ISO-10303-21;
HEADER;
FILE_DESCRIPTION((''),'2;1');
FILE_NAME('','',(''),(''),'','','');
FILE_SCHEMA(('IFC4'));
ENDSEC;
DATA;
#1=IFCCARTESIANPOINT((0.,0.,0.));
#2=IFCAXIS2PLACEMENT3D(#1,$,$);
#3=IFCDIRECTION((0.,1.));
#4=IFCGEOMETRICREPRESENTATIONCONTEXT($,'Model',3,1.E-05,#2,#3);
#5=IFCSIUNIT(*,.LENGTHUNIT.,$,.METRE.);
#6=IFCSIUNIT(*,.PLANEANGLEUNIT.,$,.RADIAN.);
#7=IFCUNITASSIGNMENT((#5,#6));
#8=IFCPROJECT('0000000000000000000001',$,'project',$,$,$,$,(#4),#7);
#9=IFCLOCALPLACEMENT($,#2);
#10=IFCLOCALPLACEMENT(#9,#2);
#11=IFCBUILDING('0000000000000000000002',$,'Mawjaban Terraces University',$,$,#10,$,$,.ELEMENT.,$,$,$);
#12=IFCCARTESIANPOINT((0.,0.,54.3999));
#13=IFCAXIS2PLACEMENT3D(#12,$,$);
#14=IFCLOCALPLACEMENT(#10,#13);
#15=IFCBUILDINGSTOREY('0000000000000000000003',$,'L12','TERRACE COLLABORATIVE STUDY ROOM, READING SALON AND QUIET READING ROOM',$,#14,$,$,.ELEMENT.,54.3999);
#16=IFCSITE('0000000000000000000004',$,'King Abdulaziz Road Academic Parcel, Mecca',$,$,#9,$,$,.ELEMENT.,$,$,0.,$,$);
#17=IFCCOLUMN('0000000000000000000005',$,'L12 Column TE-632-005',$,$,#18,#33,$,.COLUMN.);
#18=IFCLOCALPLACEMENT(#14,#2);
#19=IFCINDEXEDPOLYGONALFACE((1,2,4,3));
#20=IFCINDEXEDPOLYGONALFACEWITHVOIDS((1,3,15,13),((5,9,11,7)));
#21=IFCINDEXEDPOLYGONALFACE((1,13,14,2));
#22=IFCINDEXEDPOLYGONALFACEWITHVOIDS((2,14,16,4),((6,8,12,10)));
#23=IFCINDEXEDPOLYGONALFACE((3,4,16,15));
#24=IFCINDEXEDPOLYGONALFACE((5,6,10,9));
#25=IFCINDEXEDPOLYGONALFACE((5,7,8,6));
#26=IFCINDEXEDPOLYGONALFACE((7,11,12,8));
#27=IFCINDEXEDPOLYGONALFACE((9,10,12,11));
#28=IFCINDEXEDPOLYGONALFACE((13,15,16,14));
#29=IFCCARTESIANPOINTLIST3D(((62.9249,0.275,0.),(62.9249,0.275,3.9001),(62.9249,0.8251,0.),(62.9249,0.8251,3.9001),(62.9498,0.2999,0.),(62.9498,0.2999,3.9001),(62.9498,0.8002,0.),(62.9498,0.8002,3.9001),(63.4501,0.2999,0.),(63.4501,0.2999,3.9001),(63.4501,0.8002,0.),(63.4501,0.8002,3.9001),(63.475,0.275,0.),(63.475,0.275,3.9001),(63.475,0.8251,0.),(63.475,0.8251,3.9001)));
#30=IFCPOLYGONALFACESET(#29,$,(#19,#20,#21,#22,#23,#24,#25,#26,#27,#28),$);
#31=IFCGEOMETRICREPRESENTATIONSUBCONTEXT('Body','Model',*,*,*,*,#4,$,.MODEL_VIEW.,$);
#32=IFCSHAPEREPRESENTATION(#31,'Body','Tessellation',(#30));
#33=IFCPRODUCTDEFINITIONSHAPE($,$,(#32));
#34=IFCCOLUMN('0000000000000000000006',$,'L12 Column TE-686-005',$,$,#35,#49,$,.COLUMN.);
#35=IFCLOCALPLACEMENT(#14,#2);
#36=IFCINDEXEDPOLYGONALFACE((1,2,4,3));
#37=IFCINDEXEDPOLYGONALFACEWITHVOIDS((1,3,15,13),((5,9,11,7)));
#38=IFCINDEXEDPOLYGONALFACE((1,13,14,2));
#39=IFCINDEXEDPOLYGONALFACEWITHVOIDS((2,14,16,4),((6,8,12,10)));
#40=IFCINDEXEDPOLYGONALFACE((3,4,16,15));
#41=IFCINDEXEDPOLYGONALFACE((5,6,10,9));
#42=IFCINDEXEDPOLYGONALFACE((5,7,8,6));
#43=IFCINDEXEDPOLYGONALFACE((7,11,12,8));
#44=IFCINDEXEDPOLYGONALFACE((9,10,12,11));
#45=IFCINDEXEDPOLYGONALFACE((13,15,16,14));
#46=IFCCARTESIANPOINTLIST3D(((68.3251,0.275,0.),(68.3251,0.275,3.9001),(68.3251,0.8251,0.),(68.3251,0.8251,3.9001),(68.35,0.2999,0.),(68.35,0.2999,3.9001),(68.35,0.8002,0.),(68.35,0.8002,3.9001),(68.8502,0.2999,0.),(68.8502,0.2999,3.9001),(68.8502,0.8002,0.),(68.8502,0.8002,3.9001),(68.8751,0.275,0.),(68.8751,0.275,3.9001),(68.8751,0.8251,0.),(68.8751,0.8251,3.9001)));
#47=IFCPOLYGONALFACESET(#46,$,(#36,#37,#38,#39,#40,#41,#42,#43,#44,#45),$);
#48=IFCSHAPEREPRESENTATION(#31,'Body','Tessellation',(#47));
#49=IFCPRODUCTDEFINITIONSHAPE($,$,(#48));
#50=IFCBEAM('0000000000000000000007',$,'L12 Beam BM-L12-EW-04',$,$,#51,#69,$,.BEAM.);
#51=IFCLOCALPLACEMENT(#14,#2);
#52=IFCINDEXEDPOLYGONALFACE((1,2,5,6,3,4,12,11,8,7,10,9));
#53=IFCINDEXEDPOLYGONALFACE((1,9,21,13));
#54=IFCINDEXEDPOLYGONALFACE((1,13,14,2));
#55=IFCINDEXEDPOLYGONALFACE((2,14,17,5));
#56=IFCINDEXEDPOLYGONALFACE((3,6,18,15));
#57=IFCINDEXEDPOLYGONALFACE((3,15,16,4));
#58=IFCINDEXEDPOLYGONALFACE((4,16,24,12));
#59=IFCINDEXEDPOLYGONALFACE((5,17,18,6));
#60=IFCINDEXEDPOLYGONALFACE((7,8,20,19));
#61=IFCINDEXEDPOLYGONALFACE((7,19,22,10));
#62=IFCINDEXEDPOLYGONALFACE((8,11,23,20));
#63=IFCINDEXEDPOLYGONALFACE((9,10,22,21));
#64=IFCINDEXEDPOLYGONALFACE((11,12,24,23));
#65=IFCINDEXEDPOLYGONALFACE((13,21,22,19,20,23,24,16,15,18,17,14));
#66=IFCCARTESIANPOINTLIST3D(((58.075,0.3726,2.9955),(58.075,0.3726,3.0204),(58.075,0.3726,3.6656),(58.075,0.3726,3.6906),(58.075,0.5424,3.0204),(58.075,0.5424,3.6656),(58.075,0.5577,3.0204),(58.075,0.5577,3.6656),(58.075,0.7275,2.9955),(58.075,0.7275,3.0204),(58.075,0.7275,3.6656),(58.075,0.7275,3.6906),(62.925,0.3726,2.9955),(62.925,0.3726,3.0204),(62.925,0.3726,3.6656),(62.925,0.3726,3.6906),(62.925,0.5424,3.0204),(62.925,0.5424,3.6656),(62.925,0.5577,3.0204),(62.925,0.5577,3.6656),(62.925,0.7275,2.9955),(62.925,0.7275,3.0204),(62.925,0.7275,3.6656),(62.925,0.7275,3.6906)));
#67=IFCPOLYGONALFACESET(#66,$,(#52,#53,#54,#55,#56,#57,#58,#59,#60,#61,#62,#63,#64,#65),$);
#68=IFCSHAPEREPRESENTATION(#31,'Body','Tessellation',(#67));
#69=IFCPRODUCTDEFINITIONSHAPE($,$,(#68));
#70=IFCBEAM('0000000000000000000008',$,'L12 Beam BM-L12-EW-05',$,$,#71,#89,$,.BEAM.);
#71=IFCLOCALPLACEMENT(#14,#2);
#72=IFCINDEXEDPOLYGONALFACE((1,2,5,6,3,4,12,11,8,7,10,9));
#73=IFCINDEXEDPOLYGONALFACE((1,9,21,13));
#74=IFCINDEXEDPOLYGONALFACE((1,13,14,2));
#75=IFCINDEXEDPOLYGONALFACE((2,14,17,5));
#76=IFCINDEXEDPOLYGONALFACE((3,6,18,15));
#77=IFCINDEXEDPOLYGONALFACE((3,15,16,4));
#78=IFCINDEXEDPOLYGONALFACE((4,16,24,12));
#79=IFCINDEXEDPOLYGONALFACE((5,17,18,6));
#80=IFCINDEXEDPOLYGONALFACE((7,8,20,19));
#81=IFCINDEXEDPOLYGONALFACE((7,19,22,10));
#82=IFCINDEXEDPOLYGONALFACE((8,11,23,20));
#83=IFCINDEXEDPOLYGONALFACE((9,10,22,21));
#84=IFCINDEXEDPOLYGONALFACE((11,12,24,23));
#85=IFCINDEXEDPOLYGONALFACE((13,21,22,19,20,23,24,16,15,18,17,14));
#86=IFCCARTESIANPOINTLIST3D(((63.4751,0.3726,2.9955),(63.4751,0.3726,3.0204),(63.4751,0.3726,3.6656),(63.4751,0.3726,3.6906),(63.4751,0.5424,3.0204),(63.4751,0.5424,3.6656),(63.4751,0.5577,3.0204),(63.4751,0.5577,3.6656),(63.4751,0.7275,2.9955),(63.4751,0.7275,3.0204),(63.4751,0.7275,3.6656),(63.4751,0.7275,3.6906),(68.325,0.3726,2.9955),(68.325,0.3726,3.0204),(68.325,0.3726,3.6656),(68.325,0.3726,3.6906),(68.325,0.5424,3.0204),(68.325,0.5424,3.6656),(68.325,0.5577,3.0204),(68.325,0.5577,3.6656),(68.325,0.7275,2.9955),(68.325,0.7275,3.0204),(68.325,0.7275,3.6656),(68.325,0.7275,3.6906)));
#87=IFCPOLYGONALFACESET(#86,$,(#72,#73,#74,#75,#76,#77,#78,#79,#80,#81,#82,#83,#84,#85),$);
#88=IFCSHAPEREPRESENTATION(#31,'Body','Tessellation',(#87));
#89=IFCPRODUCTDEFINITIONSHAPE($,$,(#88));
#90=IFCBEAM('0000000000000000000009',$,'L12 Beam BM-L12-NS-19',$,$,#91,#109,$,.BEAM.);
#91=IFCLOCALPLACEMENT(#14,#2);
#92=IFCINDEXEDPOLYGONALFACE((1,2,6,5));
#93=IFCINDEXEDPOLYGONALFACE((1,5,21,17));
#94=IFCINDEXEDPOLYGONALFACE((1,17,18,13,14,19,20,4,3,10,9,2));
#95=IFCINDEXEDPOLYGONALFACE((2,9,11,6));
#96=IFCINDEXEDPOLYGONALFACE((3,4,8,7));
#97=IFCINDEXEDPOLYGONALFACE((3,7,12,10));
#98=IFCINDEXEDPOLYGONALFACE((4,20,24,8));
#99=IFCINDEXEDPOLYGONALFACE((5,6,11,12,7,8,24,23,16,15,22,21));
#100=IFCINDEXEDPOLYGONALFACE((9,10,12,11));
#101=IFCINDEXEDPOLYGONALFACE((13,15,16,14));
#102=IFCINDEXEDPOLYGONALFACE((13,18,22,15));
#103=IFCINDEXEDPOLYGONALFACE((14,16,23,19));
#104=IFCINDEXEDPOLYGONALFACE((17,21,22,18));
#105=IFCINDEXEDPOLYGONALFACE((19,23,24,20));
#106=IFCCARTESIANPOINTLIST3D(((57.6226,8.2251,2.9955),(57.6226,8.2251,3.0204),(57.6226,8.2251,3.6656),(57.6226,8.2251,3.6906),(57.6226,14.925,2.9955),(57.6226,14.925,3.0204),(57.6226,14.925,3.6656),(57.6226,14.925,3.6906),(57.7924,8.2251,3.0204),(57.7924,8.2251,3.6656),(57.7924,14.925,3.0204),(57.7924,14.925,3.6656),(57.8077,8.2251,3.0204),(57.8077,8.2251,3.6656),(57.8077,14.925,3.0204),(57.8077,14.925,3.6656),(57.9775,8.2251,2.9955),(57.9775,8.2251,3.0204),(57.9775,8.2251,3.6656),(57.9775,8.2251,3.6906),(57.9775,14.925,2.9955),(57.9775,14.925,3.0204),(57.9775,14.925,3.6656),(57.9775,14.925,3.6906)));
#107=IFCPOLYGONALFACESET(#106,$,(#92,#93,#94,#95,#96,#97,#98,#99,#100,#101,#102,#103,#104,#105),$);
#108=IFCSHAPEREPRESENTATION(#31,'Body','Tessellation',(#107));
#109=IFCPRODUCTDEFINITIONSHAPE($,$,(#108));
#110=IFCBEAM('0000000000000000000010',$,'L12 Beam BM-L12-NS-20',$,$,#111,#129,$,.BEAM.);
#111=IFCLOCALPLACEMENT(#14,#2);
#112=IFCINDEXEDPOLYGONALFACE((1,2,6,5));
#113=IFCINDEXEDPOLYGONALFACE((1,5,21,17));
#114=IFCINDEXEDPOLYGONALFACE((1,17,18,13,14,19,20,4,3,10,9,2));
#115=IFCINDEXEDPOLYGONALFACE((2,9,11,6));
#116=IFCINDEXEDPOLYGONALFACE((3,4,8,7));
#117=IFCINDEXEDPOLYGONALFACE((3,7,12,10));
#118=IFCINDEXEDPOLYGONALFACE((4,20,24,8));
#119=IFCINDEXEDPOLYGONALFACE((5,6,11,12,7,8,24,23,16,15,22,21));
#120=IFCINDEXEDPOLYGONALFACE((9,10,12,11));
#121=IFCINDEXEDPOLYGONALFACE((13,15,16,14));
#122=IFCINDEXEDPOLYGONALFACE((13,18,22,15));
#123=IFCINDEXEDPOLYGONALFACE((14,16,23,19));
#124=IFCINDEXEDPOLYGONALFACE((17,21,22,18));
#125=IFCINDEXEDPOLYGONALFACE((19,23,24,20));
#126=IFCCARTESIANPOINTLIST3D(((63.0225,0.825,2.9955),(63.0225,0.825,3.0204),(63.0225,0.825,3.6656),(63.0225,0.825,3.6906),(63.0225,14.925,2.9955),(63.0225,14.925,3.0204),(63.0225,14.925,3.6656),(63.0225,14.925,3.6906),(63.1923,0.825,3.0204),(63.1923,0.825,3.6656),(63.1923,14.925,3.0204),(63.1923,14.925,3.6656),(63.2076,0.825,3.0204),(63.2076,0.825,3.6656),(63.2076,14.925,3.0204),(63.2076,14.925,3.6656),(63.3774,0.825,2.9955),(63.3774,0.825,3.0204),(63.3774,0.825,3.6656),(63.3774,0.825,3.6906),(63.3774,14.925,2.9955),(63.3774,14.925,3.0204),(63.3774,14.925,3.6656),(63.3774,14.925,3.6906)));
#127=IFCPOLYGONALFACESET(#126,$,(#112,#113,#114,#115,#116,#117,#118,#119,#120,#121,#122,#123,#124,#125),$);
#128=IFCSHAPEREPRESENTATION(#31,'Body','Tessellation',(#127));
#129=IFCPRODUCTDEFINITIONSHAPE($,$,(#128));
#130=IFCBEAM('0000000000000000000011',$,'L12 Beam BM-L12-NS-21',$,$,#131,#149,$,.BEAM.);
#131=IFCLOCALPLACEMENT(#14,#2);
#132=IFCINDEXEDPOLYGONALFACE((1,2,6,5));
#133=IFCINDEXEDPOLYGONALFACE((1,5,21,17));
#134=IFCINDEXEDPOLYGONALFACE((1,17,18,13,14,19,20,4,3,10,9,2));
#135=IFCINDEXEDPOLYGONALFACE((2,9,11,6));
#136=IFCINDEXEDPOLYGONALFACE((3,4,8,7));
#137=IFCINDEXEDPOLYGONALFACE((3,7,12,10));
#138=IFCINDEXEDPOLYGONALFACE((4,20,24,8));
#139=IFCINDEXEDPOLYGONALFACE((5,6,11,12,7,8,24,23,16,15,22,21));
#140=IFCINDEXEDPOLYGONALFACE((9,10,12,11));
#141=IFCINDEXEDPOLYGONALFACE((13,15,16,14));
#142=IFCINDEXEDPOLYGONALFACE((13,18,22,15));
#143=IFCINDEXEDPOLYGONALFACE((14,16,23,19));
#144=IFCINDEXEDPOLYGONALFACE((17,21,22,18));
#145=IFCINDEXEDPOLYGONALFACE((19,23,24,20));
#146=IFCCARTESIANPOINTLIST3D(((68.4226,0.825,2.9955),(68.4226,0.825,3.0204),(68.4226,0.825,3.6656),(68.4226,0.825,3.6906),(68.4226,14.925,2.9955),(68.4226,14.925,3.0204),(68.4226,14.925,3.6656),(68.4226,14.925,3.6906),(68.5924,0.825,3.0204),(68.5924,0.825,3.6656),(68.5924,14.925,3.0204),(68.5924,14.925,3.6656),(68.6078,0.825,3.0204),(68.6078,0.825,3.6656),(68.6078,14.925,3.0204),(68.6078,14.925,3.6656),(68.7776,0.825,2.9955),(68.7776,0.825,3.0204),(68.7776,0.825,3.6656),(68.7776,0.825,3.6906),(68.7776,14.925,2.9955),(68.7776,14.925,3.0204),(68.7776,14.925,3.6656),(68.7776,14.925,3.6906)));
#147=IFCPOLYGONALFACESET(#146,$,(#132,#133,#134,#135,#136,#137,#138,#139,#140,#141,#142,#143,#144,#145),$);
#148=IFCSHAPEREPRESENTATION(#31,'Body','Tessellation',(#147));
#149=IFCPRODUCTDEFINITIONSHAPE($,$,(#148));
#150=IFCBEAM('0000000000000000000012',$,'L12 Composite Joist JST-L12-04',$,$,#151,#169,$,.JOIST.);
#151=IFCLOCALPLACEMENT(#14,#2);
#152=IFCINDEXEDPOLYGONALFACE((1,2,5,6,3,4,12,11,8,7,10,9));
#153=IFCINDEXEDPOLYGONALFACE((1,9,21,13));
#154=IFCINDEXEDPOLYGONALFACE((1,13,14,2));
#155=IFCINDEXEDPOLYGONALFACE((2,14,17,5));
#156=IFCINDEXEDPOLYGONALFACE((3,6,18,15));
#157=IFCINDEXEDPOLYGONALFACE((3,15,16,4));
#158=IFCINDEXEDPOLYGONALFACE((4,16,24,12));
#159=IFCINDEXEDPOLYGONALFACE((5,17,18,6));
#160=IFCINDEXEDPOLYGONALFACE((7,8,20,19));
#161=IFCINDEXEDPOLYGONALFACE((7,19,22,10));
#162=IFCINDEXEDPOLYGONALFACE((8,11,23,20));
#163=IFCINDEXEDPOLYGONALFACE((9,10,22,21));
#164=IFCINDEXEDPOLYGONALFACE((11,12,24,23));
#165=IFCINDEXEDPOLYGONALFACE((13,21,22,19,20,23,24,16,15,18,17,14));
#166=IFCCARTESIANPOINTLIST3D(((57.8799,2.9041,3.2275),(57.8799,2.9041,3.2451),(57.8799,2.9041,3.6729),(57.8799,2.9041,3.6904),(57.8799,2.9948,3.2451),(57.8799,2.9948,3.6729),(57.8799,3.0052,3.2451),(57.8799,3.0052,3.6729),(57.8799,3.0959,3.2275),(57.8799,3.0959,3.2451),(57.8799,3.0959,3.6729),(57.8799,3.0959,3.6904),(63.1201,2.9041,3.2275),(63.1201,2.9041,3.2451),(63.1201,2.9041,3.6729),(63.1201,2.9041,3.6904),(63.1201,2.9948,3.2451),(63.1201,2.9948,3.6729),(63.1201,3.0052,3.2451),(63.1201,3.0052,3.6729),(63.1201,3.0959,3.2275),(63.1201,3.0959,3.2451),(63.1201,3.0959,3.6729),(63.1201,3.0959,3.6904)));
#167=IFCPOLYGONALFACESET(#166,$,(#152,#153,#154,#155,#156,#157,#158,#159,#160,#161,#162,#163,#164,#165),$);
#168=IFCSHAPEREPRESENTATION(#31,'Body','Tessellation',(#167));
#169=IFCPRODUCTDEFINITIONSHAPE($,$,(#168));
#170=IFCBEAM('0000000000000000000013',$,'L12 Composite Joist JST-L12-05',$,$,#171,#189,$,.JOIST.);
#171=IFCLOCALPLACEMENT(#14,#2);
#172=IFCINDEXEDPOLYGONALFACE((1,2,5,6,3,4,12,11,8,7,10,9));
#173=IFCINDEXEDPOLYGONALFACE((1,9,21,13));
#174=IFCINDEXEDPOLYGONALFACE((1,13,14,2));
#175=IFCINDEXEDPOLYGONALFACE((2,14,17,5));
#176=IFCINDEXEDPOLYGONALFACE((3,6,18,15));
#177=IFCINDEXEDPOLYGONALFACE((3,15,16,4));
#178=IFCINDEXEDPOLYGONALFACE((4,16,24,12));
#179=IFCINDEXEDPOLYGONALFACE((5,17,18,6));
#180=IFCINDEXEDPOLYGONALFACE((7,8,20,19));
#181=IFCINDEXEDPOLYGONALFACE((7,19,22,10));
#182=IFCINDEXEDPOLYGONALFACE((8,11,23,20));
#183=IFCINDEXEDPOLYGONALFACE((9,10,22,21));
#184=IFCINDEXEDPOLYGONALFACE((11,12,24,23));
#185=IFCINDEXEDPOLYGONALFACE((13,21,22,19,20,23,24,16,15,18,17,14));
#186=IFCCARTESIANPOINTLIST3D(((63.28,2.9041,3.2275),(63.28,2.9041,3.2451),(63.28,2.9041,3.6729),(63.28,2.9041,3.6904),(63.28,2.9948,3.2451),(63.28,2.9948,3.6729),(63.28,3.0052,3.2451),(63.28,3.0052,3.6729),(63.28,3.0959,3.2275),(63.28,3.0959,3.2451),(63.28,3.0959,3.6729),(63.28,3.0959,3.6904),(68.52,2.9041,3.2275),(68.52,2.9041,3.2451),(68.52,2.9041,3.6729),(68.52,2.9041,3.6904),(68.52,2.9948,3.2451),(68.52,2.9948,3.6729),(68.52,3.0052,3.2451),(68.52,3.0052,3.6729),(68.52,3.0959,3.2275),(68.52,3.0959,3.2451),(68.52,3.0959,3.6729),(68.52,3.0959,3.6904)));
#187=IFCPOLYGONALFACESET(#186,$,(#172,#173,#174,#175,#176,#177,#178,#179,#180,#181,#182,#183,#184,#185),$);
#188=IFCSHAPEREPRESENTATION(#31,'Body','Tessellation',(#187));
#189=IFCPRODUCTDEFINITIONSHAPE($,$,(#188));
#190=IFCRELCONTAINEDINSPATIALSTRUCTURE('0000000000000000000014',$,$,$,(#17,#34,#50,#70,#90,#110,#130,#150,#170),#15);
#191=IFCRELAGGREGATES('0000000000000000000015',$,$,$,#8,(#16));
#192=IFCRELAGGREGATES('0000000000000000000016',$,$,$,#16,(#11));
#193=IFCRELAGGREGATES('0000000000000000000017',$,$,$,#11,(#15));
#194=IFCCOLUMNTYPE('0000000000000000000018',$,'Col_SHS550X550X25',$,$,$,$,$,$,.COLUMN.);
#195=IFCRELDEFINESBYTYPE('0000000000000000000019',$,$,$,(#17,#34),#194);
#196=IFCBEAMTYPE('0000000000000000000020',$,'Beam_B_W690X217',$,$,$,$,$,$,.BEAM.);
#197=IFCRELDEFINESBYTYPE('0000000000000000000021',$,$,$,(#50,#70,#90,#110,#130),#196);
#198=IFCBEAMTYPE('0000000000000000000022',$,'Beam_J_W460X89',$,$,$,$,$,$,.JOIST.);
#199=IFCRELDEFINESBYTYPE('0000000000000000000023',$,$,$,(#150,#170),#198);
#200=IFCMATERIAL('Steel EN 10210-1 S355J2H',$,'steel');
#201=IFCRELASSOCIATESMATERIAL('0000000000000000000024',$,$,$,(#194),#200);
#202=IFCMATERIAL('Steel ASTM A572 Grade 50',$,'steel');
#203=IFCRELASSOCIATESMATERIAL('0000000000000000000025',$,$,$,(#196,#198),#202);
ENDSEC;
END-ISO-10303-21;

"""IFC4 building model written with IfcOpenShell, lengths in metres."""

from ifc_helpers import new_model, si_unit, direction, frame, origin, origin_2d, place, context, subcontext, project, spatial, hollow_rectangle, i_section, extrude, material, material_profile, profile_set, type_object, element, save


model = new_model("IFC4")

# Units and contexts
model_context = context("Model", 3, precision=1e-05, world=origin(), true_north=direction((0.0, 1.0)))
body_context = subcontext(model_context, "Body", "Model", "MODEL_VIEW")
ifc_project = project(units=[si_unit("LENGTHUNIT", "METRE"), si_unit("PLANEANGLEUNIT", "RADIAN")], contexts=[model_context])

# Site, building, storey
site_placement = place(None, origin())
site = spatial("IfcSite", under=ifc_project, at=site_placement, Name="King Abdulaziz Road Academic Parcel, Mecca", CompositionType="ELEMENT", RefElevation=0.0)
building_placement = place(site_placement, origin())
building = spatial("IfcBuilding", under=site, at=building_placement, Name="Mawjaban Terraces University", CompositionType="ELEMENT")
storey_placement = place(building_placement, frame((0.0, 0.0, 54.3999)))
storey = spatial("IfcBuildingStorey", under=building, at=storey_placement, Name="L12", Description="TERRACE COLLABORATIVE STUDY ROOM, READING SALON AND QUIET READING ROOM", CompositionType="ELEMENT", Elevation=54.3999)

# Columns
ifc_material_1 = material(Name="Steel EN 10210-1 S355J2H", Category="steel")
ifc_material_profile_1 = material_profile(ifc_material_1, hollow_rectangle(XDim=0.55, YDim=0.55, WallThickness=0.0249, at=origin_2d()), Name="SHS550X550X25")
ifc_profile_set_1 = profile_set([ifc_material_profile_1], Name="Steel EN 10210-1 S355J2H")
column_type = type_object("IfcColumnType", Name="Col_SHS550X550X25", PredefinedType="COLUMN", material=ifc_profile_set_1)
for number, where, z_axis, x_axis, name in (
    (1, (63.2, 0.55, 0.0), (0.0, 0.0, 1.0), (1.0, 0.0, 0.0), "L12 Column TE-632-005"),
    (2, (68.6001, 0.55, 0.0), (0.0, 0.0, 1.0), (1.0, 0.0, 0.0), "L12 Column TE-686-005"),
):
    element("IfcColumn", number, at=place(storey_placement, frame(where, z_axis=z_axis, x_axis=x_axis)), inside=storey, type_object=column_type, Name=name, PredefinedType="COLUMN", context=body_context, shape_type="SweptSolid", body=[
        extrude(hollow_rectangle(XDim=0.55, YDim=0.55, WallThickness=0.0249, at=origin_2d()), origin(), (0.0, 0.0, 1.0), 3.9001),
    ])

# Beams
ifc_material_2 = material(Name="Steel ASTM A572 Grade 50", Category="steel")
ifc_material_profile_2 = material_profile(ifc_material_2, i_section(OverallWidth=0.355, OverallDepth=0.6951, WebThickness=0.0154, FlangeThickness=0.0249, at=origin_2d()), Name="W690X217")
ifc_profile_set_2 = profile_set([ifc_material_profile_2], Name="Steel ASTM A572 Grade 50")
beam_type_1 = type_object("IfcBeamType", Name="Beam_B_W690X217", PredefinedType="BEAM", material=ifc_profile_set_2)
beam_1_placement = place(storey_placement, frame((58.075, 0.55, 3.343), z_axis=(1.0, 0.0, 0.0), x_axis=(0.0, 1.0, 0.0)))
element("IfcBeam", 3, at=beam_1_placement, inside=storey, type_object=beam_type_1, Name="L12 Beam BM-L12-EW-04", PredefinedType="BEAM", context=body_context, shape_type="SweptSolid", body=[
    extrude(i_section(OverallWidth=0.355, OverallDepth=0.6951, WebThickness=0.0154, FlangeThickness=0.0249, at=origin_2d()), origin(), (0.0, 0.0, 1.0), 4.8501),
])
beam_2_placement = place(storey_placement, frame((63.4751, 0.55, 3.343), z_axis=(1.0, 0.0, 0.0), x_axis=(0.0, 1.0, 0.0)))
element("IfcBeam", 4, at=beam_2_placement, inside=storey, type_object=beam_type_1, Name="L12 Beam BM-L12-EW-05", PredefinedType="BEAM", context=body_context, shape_type="SweptSolid", body=[
    extrude(i_section(OverallWidth=0.355, OverallDepth=0.6951, WebThickness=0.0154, FlangeThickness=0.0249, at=origin_2d()), origin(), (0.0, 0.0, 1.0), 4.8499),
])
beam_3_placement = place(storey_placement, frame((57.8, 8.2251, 3.343), z_axis=(0.0, 1.0, 0.0), x_axis=(-1.0, 0.0, 0.0)))
element("IfcBeam", 5, at=beam_3_placement, inside=storey, type_object=beam_type_1, Name="L12 Beam BM-L12-NS-19", PredefinedType="BEAM", context=body_context, shape_type="SweptSolid", body=[
    extrude(i_section(OverallWidth=0.355, OverallDepth=0.6951, WebThickness=0.0154, FlangeThickness=0.0249, at=origin_2d()), origin(), (0.0, 0.0, 1.0), 6.7),
])
for number, where, z_axis, x_axis, name in (
    (6, (63.2, 0.825, 3.343), (0.0, 1.0, 0.0), (-1.0, 0.0, 0.0), "L12 Beam BM-L12-NS-20"),
    (7, (68.6001, 0.825, 3.343), (0.0, 1.0, 0.0), (-1.0, 0.0, 0.0), "L12 Beam BM-L12-NS-21"),
):
    element("IfcBeam", number, at=place(storey_placement, frame(where, z_axis=z_axis, x_axis=x_axis)), inside=storey, type_object=beam_type_1, Name=name, PredefinedType="BEAM", context=body_context, shape_type="SweptSolid", body=[
        extrude(i_section(OverallWidth=0.355, OverallDepth=0.6951, WebThickness=0.0154, FlangeThickness=0.0249, at=origin_2d()), origin(), (0.0, 0.0, 1.0), 14.1001),
    ])
ifc_material_profile_3 = material_profile(ifc_material_2, i_section(OverallWidth=0.1919, OverallDepth=0.4629, WebThickness=0.0105, FlangeThickness=0.0176, at=origin_2d()), Name="W460X89")
ifc_profile_set_3 = profile_set([ifc_material_profile_3], Name="Steel ASTM A572 Grade 50")
beam_type_2 = type_object("IfcBeamType", Name="Beam_J_W460X89", PredefinedType="JOIST", material=ifc_profile_set_3)
beam_4_placement = place(storey_placement, frame((57.8799, 3.0, 3.459), z_axis=(1.0, 0.0, 0.0), x_axis=(0.0, 1.0, 0.0)))
element("IfcBeam", 8, at=beam_4_placement, inside=storey, type_object=beam_type_2, Name="L12 Composite Joist JST-L12-04", PredefinedType="JOIST", context=body_context, shape_type="SweptSolid", body=[
    extrude(i_section(OverallWidth=0.1919, OverallDepth=0.4629, WebThickness=0.0105, FlangeThickness=0.0176, at=origin_2d()), origin(), (0.0, 0.0, 1.0), 5.2402),
])
beam_5_placement = place(storey_placement, frame((63.28, 3.0, 3.459), z_axis=(1.0, 0.0, 0.0), x_axis=(0.0, 1.0, 0.0)))
element("IfcBeam", 9, at=beam_5_placement, inside=storey, type_object=beam_type_2, Name="L12 Composite Joist JST-L12-05", PredefinedType="JOIST", context=body_context, shape_type="SweptSolid", body=[
    extrude(i_section(OverallWidth=0.1919, OverallDepth=0.4629, WebThickness=0.0105, FlangeThickness=0.0176, at=origin_2d()), origin(), (0.0, 0.0, 1.0), 5.24),
])

save(model, "model.ifc")
